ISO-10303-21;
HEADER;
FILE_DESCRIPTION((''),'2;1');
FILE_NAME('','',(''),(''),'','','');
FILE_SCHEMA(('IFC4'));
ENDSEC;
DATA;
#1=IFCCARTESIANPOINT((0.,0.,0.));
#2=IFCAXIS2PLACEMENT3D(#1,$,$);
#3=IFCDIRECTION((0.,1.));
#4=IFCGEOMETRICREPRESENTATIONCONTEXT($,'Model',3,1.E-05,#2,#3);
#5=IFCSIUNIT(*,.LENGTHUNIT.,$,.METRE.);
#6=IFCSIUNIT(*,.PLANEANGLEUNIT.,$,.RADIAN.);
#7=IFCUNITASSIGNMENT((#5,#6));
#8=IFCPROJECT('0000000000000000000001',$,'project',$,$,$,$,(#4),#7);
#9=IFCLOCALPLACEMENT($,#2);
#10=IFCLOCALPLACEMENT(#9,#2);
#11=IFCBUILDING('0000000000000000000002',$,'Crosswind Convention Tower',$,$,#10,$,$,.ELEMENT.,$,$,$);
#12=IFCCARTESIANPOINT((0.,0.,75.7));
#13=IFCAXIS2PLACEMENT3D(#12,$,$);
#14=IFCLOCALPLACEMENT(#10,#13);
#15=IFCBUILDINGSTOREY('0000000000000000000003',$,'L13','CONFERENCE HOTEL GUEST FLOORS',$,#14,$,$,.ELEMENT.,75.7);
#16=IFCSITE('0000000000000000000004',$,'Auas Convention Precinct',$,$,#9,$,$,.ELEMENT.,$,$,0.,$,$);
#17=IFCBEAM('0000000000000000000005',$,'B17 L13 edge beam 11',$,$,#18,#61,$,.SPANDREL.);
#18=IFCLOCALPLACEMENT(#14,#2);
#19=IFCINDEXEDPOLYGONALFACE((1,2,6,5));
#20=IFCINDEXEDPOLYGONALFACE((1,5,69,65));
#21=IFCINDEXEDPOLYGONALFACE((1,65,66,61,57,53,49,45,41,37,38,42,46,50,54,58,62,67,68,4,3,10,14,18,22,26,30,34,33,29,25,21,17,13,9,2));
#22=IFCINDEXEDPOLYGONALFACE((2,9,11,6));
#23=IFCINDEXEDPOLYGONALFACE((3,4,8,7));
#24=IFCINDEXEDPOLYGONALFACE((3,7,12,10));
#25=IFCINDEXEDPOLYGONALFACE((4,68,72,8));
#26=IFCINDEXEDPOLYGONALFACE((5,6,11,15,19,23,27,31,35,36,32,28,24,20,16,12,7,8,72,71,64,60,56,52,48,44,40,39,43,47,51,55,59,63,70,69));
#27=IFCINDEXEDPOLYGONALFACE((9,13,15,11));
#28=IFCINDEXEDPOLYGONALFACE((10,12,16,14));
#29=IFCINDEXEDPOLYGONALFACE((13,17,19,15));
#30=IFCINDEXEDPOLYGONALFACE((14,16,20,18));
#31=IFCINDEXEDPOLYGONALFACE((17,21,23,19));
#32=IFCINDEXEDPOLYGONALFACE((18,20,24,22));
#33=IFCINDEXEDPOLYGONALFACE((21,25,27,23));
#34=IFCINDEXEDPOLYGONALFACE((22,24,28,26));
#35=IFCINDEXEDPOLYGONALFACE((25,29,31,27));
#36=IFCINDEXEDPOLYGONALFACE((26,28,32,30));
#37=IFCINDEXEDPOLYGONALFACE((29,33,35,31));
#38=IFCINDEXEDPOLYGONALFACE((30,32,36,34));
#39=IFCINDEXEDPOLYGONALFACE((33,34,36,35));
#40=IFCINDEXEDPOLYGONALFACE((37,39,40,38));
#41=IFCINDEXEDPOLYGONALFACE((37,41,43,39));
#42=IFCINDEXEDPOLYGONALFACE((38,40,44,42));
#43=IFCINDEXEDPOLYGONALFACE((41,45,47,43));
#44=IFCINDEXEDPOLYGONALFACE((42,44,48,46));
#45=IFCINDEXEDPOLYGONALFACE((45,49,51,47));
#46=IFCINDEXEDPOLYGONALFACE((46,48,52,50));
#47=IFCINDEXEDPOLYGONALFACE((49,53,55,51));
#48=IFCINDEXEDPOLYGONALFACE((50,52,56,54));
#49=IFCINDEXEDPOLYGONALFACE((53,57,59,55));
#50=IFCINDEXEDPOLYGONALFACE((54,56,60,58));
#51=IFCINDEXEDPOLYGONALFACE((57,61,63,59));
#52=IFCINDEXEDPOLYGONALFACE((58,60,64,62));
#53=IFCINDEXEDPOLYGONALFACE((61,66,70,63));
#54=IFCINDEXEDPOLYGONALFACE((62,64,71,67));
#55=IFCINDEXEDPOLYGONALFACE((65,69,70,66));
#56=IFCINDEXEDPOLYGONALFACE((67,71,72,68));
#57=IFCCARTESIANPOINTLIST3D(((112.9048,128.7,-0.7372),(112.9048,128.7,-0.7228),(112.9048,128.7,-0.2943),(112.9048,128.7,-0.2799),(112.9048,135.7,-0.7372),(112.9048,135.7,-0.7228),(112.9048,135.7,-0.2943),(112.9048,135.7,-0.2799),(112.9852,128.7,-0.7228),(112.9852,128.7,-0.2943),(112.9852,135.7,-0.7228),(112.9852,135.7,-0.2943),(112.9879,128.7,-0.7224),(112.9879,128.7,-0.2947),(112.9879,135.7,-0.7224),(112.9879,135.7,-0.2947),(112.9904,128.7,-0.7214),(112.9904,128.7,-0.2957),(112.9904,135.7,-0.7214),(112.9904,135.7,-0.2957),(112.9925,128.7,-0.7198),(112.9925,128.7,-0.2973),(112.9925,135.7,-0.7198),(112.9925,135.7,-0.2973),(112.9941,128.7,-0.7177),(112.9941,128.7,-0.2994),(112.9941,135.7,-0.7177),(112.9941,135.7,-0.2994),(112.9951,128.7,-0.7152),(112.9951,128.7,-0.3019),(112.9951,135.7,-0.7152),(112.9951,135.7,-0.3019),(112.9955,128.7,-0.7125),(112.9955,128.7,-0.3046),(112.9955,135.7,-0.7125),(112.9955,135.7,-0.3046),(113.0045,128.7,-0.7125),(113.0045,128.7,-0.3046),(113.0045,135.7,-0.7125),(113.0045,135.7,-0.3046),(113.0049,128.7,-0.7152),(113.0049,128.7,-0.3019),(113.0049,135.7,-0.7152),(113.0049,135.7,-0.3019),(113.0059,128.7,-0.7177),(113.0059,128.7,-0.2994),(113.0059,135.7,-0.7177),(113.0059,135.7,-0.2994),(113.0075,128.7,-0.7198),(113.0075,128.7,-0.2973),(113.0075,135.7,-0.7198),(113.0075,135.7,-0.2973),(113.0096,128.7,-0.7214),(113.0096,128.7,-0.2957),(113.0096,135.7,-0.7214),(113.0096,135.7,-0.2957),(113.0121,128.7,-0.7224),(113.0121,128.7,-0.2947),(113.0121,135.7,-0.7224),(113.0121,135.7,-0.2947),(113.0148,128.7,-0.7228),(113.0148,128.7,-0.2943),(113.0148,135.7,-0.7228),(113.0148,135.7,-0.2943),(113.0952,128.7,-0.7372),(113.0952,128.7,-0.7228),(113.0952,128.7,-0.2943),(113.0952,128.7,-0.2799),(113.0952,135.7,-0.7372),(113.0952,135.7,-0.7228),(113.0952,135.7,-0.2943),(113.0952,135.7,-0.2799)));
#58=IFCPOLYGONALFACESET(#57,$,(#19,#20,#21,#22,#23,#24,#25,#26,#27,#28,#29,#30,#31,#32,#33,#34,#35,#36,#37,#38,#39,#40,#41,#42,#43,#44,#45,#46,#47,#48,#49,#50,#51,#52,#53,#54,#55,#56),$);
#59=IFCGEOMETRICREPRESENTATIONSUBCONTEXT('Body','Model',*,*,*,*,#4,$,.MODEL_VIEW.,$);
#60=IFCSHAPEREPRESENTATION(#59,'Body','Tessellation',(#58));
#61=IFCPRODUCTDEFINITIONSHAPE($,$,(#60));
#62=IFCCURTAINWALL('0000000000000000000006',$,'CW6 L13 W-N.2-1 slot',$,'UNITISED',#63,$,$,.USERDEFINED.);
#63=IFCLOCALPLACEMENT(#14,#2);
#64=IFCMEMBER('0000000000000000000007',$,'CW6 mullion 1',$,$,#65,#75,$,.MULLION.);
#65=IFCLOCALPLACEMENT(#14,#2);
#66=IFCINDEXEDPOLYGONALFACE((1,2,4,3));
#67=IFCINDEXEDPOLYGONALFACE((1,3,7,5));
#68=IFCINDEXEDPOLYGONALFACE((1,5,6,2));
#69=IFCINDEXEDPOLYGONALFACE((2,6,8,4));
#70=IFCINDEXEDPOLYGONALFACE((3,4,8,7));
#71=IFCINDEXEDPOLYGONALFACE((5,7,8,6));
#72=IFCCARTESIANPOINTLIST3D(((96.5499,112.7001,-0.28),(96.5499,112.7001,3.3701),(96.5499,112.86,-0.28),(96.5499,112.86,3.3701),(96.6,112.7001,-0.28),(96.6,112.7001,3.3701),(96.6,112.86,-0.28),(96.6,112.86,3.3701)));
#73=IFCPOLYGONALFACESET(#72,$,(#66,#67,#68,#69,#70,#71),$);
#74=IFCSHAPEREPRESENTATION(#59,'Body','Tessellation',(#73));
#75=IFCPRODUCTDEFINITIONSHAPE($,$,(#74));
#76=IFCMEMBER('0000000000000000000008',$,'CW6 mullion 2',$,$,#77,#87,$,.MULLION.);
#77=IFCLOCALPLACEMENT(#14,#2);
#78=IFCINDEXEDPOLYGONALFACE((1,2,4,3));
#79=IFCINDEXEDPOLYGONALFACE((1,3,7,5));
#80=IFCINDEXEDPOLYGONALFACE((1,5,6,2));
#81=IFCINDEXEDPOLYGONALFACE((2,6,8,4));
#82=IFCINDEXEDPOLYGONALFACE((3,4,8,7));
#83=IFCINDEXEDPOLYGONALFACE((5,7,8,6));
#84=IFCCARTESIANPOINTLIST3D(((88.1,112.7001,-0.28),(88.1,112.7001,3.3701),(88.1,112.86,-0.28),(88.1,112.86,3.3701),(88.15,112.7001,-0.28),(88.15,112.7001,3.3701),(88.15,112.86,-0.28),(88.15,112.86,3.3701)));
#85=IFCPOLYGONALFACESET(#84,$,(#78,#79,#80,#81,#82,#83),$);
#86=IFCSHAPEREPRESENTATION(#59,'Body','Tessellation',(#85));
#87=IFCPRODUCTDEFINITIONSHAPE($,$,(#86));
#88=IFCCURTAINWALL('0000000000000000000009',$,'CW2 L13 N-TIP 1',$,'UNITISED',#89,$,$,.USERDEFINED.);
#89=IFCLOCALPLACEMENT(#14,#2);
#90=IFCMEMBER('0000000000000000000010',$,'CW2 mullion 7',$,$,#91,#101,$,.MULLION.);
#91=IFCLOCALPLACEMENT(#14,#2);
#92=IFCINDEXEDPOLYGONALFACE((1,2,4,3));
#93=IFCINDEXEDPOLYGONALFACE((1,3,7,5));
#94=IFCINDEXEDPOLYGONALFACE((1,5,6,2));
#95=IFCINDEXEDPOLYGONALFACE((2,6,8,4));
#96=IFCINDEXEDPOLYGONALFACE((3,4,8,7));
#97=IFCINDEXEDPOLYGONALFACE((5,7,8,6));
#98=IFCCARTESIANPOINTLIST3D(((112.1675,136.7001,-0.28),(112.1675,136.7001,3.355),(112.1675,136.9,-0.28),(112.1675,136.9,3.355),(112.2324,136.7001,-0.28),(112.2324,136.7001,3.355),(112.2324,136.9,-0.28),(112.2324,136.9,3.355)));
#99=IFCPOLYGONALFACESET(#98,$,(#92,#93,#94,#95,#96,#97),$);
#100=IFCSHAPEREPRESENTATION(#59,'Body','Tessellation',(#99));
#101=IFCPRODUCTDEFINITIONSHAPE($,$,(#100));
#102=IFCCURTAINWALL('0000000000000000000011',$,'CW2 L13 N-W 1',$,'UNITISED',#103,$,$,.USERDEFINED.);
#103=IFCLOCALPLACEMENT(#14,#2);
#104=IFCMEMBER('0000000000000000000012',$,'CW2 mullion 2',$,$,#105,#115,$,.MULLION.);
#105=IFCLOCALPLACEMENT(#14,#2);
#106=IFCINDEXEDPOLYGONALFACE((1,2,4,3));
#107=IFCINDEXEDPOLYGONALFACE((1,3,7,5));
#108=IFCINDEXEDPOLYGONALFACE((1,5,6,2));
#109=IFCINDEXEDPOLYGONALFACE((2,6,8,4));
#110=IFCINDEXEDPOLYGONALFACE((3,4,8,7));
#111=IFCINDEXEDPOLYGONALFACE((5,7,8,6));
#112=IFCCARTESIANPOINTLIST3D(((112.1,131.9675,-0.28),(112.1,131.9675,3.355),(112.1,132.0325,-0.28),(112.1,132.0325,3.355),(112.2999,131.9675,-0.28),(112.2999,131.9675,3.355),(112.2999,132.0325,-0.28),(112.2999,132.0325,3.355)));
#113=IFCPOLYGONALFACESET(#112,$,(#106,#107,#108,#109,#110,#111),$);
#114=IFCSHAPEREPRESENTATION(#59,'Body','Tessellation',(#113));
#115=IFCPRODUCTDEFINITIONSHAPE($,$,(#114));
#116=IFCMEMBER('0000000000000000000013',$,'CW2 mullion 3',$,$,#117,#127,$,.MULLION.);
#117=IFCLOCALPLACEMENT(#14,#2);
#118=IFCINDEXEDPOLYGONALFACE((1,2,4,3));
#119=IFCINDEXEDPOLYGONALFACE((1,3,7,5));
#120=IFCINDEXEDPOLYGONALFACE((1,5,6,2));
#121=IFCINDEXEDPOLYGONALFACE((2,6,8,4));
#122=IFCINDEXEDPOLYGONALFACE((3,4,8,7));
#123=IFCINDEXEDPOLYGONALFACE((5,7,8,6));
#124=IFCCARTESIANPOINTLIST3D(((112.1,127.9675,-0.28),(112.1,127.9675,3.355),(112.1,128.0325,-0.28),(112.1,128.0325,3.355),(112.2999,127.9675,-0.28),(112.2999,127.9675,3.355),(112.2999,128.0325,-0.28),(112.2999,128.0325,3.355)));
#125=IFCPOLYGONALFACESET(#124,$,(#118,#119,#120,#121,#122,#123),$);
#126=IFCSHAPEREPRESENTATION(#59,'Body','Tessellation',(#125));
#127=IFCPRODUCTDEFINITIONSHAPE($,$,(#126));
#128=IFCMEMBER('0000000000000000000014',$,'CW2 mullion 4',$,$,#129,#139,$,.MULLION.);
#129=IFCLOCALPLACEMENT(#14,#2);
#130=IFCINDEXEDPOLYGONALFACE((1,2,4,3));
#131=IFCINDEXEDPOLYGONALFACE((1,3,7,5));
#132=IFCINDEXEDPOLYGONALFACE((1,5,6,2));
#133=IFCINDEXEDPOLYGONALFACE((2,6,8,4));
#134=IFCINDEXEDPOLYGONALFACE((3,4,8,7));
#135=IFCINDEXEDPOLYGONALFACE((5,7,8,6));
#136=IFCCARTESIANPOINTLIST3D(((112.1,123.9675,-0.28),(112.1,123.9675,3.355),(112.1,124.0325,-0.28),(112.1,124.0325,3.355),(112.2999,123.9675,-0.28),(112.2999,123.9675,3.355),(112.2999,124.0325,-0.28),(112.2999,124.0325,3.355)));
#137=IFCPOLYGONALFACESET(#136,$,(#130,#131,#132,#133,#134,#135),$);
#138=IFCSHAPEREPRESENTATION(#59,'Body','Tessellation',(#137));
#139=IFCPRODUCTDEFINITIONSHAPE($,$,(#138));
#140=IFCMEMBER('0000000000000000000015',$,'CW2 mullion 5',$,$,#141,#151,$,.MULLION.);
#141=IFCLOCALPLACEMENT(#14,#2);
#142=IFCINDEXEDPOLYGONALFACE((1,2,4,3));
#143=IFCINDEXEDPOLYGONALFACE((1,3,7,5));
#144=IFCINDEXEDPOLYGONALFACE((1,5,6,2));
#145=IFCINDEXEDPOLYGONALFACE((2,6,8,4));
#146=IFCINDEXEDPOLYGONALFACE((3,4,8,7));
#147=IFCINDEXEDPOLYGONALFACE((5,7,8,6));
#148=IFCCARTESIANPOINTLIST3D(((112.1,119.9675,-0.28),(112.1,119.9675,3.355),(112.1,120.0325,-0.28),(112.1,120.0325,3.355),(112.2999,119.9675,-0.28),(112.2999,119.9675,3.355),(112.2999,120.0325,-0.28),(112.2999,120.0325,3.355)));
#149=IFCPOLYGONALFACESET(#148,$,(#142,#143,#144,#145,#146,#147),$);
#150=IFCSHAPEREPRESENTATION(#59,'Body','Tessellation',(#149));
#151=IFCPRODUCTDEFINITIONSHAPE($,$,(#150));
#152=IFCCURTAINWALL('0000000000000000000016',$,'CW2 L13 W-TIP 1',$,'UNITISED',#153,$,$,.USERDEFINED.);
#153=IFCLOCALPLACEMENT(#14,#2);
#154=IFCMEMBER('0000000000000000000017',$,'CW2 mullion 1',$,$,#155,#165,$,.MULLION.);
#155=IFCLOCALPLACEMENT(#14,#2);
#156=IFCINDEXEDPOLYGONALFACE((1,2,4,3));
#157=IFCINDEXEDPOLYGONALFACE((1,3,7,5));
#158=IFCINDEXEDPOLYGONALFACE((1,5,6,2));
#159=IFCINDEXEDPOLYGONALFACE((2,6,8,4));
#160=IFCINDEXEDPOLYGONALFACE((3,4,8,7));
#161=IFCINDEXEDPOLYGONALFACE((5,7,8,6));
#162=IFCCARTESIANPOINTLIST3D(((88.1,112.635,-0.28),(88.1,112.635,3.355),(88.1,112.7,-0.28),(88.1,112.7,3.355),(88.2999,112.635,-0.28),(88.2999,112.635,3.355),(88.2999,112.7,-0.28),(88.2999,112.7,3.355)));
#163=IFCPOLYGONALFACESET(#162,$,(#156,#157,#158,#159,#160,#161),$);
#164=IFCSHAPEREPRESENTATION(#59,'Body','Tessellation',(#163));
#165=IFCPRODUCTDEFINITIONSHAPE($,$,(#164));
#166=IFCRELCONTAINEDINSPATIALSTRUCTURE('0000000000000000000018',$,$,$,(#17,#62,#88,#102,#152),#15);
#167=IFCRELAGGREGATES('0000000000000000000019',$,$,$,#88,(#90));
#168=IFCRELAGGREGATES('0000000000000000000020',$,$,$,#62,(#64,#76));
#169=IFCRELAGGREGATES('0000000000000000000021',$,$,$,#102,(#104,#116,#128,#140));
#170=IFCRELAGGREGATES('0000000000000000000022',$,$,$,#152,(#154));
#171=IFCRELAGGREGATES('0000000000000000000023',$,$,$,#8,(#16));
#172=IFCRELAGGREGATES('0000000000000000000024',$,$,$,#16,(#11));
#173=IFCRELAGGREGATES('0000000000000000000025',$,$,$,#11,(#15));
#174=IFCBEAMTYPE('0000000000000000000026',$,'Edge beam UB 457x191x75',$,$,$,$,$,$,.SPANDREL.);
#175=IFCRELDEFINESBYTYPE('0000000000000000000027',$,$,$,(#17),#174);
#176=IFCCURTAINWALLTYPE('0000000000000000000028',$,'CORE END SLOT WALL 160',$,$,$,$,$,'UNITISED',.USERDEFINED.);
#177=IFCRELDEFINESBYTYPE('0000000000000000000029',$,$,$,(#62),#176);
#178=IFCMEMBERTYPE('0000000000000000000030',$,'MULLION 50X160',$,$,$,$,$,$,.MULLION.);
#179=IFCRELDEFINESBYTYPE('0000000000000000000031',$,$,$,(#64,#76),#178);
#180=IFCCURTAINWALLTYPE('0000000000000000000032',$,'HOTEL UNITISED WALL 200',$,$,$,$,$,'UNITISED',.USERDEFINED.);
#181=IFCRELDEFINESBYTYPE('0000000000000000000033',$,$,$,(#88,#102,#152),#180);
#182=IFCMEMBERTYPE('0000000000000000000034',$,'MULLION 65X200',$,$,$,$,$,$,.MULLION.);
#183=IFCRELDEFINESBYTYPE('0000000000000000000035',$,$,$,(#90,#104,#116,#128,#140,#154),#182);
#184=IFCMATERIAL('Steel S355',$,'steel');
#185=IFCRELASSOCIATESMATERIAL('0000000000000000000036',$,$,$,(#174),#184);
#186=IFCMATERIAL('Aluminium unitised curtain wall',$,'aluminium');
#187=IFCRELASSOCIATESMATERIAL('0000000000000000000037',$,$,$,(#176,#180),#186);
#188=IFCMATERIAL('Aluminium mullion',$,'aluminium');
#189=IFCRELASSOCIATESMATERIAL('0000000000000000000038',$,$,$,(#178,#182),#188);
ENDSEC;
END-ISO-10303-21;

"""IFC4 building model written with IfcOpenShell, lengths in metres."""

from ifc_helpers import new_model, si_unit, direction, frame, origin, origin_2d, place, context, subcontext, project, spatial, rectangle, i_section, extrude, material, material_profile, profile_set, type_object, element, aggregate, save


model = new_model("IFC4")

# Units and contexts
model_context = context("Model", 3, precision=1e-05, world=origin(), true_north=direction((0.0, 1.0)))
body_context = subcontext(model_context, "Body", "Model", "MODEL_VIEW")
ifc_project = project(units=[si_unit("LENGTHUNIT", "METRE"), si_unit("PLANEANGLEUNIT", "RADIAN")], contexts=[model_context])

# Site, building, storey
site_placement = place(None, origin())
site = spatial("IfcSite", under=ifc_project, at=site_placement, Name="Auas Convention Precinct", CompositionType="ELEMENT", RefElevation=0.0)
building_placement = place(site_placement, origin())
building = spatial("IfcBuilding", under=site, at=building_placement, Name="Crosswind Convention Tower", CompositionType="ELEMENT")
storey_placement = place(building_placement, frame((0.0, 0.0, 75.7)))
storey = spatial("IfcBuildingStorey", under=building, at=storey_placement, Name="L13", Description="CONFERENCE HOTEL GUEST FLOORS", CompositionType="ELEMENT", Elevation=75.7)

# Beam
ifc_material_1 = material(Name="Steel S355", Category="steel")
ifc_material_profile_1 = material_profile(ifc_material_1, i_section(OverallWidth=0.1904, OverallDepth=0.4573, WebThickness=0.009, FlangeThickness=0.0144, FilletRadius=0.0103, at=origin_2d()), Name="UB 457x191x75")
ifc_profile_set_1 = profile_set([ifc_material_profile_1], Name="Steel S355")
beam_type_1 = type_object("IfcBeamType", Name="Edge beam UB 457x191x75", PredefinedType="SPANDREL", material=ifc_profile_set_1)
beam_1_placement = place(storey_placement, frame((113.0, 128.7, -0.5085), z_axis=(0.0, 1.0, 0.0), x_axis=(-1.0, 0.0, 0.0)))
element("IfcBeam", 1, at=beam_1_placement, inside=storey, type_object=beam_type_1, Name="B17 L13 edge beam 11", PredefinedType="SPANDREL", context=body_context, shape_type="SweptSolid", body=[
    extrude(i_section(OverallWidth=0.1904, OverallDepth=0.4573, WebThickness=0.009, FlangeThickness=0.0144, FilletRadius=0.0103, at=origin_2d()), origin(), (0.0, 0.0, 1.0), 7.0),
])

# Curtain wall, members
ifc_material_2 = material(Name="Aluminium unitised curtain wall", Category="aluminium")
curtain_wall_type_1 = type_object("IfcCurtainWallType", Name="CORE END SLOT WALL 160", ElementType="UNITISED", PredefinedType="USERDEFINED", material=ifc_material_2)
curtain_wall_1_placement = place(storey_placement, origin())
curtain_wall_1 = element("IfcCurtainWall", 2, at=curtain_wall_1_placement, inside=storey, type_object=curtain_wall_type_1, Name="CW6 L13 W-N.2-1 slot", ObjectType="UNITISED", PredefinedType="USERDEFINED")
ifc_material_3 = material(Name="Aluminium mullion", Category="aluminium")
ifc_material_profile_2 = material_profile(ifc_material_3, rectangle(XDim=0.1599, YDim=0.05, at=origin_2d()), Name="AL 160X50")
ifc_profile_set_2 = profile_set([ifc_material_profile_2], Name="Aluminium mullion")
member_type_1 = type_object("IfcMemberType", Name="MULLION 50X160", PredefinedType="MULLION", material=ifc_profile_set_2)
member_1_placement = place(storey_placement, frame((96.575, 112.78, -0.28), z_axis=(0.0, 0.0, 1.0), x_axis=(0.0, 1.0, 0.0)))
member_1 = element("IfcMember", 3, at=member_1_placement, type_object=member_type_1, Name="CW6 mullion 1", PredefinedType="MULLION", context=body_context, shape_type="SweptSolid", body=[
    extrude(rectangle(XDim=0.1599, YDim=0.05, at=origin_2d()), origin(), (0.0, 0.0, 1.0), 3.6501),
])
member_2_placement = place(storey_placement, frame((88.125, 112.78, -0.28), z_axis=(0.0, 0.0, 1.0), x_axis=(0.0, 1.0, 0.0)))
member_2 = element("IfcMember", 4, at=member_2_placement, type_object=member_type_1, Name="CW6 mullion 2", PredefinedType="MULLION", context=body_context, shape_type="SweptSolid", body=[
    extrude(rectangle(XDim=0.1599, YDim=0.05, at=origin_2d()), origin(), (0.0, 0.0, 1.0), 3.6501),
])

# Curtain wall, member
curtain_wall_type_2 = type_object("IfcCurtainWallType", Name="HOTEL UNITISED WALL 200", ElementType="UNITISED", PredefinedType="USERDEFINED", material=ifc_material_2)
curtain_wall_2_placement = place(storey_placement, origin())
curtain_wall_2 = element("IfcCurtainWall", 5, at=curtain_wall_2_placement, inside=storey, type_object=curtain_wall_type_2, Name="CW2 L13 N-TIP 1", ObjectType="UNITISED", PredefinedType="USERDEFINED")
ifc_material_profile_3 = material_profile(ifc_material_3, rectangle(XDim=0.2, YDim=0.0649, at=origin_2d()), Name="AL 200X65")
ifc_profile_set_3 = profile_set([ifc_material_profile_3], Name="Aluminium mullion")
member_type_2 = type_object("IfcMemberType", Name="MULLION 65X200", PredefinedType="MULLION", material=ifc_profile_set_3)
member_3_placement = place(storey_placement, frame((112.2, 136.8, -0.28), z_axis=(0.0, 0.0, 1.0), x_axis=(0.0, 1.0, 0.0)))
member_3 = element("IfcMember", 6, at=member_3_placement, type_object=member_type_2, Name="CW2 mullion 7", PredefinedType="MULLION", context=body_context, shape_type="SweptSolid", body=[
    extrude(rectangle(XDim=0.2, YDim=0.0649, at=origin_2d()), origin(), (0.0, 0.0, 1.0), 3.635),
])
aggregate(curtain_wall_2, [member_3])

# Curtain wall, members
curtain_wall_3_placement = place(storey_placement, origin())
curtain_wall_3 = element("IfcCurtainWall", 7, at=curtain_wall_3_placement, inside=storey, type_object=curtain_wall_type_2, Name="CW2 L13 N-W 1", ObjectType="UNITISED", PredefinedType="USERDEFINED")
member_4_placement = place(storey_placement, frame((112.2, 132.0, -0.28), z_axis=(0.0, 0.0, 1.0), x_axis=(-1.0, 0.0, 0.0)))
member_4 = element("IfcMember", 8, at=member_4_placement, type_object=member_type_2, Name="CW2 mullion 2", PredefinedType="MULLION", context=body_context, shape_type="SweptSolid", body=[
    extrude(rectangle(XDim=0.2, YDim=0.0649, at=origin_2d()), origin(), (0.0, 0.0, 1.0), 3.635),
])
member_5_placement = place(storey_placement, frame((112.2, 128.0, -0.28), z_axis=(0.0, 0.0, 1.0), x_axis=(-1.0, 0.0, 0.0)))
member_5 = element("IfcMember", 9, at=member_5_placement, type_object=member_type_2, Name="CW2 mullion 3", PredefinedType="MULLION", context=body_context, shape_type="SweptSolid", body=[
    extrude(rectangle(XDim=0.2, YDim=0.0649, at=origin_2d()), origin(), (0.0, 0.0, 1.0), 3.635),
])
member_6_placement = place(storey_placement, frame((112.2, 124.0, -0.28), z_axis=(0.0, 0.0, 1.0), x_axis=(-1.0, 0.0, 0.0)))
member_6 = element("IfcMember", 10, at=member_6_placement, type_object=member_type_2, Name="CW2 mullion 4", PredefinedType="MULLION", context=body_context, shape_type="SweptSolid", body=[
    extrude(rectangle(XDim=0.2, YDim=0.0649, at=origin_2d()), origin(), (0.0, 0.0, 1.0), 3.635),
])
member_7_placement = place(storey_placement, frame((112.2, 120.0, -0.28), z_axis=(0.0, 0.0, 1.0), x_axis=(-1.0, 0.0, 0.0)))
member_7 = element("IfcMember", 11, at=member_7_placement, type_object=member_type_2, Name="CW2 mullion 5", PredefinedType="MULLION", context=body_context, shape_type="SweptSolid", body=[
    extrude(rectangle(XDim=0.2, YDim=0.0649, at=origin_2d()), origin(), (0.0, 0.0, 1.0), 3.635),
])

# Curtain wall, member
curtain_wall_4_placement = place(storey_placement, origin())
curtain_wall_4 = element("IfcCurtainWall", 12, at=curtain_wall_4_placement, inside=storey, type_object=curtain_wall_type_2, Name="CW2 L13 W-TIP 1", ObjectType="UNITISED", PredefinedType="USERDEFINED")
member_8_placement = place(storey_placement, frame((88.2, 112.6675, -0.28), z_axis=(0.0, 0.0, 1.0), x_axis=(-1.0, 0.0, 0.0)))
member_8 = element("IfcMember", 13, at=member_8_placement, type_object=member_type_2, Name="CW2 mullion 1", PredefinedType="MULLION", context=body_context, shape_type="SweptSolid", body=[
    extrude(rectangle(XDim=0.2, YDim=0.0649, at=origin_2d()), origin(), (0.0, 0.0, 1.0), 3.635),
])

aggregate(curtain_wall_1, [member_1, member_2])

aggregate(curtain_wall_3, [member_4, member_5, member_6, member_7])
aggregate(curtain_wall_4, [member_8])

save(model, "model.ifc")
